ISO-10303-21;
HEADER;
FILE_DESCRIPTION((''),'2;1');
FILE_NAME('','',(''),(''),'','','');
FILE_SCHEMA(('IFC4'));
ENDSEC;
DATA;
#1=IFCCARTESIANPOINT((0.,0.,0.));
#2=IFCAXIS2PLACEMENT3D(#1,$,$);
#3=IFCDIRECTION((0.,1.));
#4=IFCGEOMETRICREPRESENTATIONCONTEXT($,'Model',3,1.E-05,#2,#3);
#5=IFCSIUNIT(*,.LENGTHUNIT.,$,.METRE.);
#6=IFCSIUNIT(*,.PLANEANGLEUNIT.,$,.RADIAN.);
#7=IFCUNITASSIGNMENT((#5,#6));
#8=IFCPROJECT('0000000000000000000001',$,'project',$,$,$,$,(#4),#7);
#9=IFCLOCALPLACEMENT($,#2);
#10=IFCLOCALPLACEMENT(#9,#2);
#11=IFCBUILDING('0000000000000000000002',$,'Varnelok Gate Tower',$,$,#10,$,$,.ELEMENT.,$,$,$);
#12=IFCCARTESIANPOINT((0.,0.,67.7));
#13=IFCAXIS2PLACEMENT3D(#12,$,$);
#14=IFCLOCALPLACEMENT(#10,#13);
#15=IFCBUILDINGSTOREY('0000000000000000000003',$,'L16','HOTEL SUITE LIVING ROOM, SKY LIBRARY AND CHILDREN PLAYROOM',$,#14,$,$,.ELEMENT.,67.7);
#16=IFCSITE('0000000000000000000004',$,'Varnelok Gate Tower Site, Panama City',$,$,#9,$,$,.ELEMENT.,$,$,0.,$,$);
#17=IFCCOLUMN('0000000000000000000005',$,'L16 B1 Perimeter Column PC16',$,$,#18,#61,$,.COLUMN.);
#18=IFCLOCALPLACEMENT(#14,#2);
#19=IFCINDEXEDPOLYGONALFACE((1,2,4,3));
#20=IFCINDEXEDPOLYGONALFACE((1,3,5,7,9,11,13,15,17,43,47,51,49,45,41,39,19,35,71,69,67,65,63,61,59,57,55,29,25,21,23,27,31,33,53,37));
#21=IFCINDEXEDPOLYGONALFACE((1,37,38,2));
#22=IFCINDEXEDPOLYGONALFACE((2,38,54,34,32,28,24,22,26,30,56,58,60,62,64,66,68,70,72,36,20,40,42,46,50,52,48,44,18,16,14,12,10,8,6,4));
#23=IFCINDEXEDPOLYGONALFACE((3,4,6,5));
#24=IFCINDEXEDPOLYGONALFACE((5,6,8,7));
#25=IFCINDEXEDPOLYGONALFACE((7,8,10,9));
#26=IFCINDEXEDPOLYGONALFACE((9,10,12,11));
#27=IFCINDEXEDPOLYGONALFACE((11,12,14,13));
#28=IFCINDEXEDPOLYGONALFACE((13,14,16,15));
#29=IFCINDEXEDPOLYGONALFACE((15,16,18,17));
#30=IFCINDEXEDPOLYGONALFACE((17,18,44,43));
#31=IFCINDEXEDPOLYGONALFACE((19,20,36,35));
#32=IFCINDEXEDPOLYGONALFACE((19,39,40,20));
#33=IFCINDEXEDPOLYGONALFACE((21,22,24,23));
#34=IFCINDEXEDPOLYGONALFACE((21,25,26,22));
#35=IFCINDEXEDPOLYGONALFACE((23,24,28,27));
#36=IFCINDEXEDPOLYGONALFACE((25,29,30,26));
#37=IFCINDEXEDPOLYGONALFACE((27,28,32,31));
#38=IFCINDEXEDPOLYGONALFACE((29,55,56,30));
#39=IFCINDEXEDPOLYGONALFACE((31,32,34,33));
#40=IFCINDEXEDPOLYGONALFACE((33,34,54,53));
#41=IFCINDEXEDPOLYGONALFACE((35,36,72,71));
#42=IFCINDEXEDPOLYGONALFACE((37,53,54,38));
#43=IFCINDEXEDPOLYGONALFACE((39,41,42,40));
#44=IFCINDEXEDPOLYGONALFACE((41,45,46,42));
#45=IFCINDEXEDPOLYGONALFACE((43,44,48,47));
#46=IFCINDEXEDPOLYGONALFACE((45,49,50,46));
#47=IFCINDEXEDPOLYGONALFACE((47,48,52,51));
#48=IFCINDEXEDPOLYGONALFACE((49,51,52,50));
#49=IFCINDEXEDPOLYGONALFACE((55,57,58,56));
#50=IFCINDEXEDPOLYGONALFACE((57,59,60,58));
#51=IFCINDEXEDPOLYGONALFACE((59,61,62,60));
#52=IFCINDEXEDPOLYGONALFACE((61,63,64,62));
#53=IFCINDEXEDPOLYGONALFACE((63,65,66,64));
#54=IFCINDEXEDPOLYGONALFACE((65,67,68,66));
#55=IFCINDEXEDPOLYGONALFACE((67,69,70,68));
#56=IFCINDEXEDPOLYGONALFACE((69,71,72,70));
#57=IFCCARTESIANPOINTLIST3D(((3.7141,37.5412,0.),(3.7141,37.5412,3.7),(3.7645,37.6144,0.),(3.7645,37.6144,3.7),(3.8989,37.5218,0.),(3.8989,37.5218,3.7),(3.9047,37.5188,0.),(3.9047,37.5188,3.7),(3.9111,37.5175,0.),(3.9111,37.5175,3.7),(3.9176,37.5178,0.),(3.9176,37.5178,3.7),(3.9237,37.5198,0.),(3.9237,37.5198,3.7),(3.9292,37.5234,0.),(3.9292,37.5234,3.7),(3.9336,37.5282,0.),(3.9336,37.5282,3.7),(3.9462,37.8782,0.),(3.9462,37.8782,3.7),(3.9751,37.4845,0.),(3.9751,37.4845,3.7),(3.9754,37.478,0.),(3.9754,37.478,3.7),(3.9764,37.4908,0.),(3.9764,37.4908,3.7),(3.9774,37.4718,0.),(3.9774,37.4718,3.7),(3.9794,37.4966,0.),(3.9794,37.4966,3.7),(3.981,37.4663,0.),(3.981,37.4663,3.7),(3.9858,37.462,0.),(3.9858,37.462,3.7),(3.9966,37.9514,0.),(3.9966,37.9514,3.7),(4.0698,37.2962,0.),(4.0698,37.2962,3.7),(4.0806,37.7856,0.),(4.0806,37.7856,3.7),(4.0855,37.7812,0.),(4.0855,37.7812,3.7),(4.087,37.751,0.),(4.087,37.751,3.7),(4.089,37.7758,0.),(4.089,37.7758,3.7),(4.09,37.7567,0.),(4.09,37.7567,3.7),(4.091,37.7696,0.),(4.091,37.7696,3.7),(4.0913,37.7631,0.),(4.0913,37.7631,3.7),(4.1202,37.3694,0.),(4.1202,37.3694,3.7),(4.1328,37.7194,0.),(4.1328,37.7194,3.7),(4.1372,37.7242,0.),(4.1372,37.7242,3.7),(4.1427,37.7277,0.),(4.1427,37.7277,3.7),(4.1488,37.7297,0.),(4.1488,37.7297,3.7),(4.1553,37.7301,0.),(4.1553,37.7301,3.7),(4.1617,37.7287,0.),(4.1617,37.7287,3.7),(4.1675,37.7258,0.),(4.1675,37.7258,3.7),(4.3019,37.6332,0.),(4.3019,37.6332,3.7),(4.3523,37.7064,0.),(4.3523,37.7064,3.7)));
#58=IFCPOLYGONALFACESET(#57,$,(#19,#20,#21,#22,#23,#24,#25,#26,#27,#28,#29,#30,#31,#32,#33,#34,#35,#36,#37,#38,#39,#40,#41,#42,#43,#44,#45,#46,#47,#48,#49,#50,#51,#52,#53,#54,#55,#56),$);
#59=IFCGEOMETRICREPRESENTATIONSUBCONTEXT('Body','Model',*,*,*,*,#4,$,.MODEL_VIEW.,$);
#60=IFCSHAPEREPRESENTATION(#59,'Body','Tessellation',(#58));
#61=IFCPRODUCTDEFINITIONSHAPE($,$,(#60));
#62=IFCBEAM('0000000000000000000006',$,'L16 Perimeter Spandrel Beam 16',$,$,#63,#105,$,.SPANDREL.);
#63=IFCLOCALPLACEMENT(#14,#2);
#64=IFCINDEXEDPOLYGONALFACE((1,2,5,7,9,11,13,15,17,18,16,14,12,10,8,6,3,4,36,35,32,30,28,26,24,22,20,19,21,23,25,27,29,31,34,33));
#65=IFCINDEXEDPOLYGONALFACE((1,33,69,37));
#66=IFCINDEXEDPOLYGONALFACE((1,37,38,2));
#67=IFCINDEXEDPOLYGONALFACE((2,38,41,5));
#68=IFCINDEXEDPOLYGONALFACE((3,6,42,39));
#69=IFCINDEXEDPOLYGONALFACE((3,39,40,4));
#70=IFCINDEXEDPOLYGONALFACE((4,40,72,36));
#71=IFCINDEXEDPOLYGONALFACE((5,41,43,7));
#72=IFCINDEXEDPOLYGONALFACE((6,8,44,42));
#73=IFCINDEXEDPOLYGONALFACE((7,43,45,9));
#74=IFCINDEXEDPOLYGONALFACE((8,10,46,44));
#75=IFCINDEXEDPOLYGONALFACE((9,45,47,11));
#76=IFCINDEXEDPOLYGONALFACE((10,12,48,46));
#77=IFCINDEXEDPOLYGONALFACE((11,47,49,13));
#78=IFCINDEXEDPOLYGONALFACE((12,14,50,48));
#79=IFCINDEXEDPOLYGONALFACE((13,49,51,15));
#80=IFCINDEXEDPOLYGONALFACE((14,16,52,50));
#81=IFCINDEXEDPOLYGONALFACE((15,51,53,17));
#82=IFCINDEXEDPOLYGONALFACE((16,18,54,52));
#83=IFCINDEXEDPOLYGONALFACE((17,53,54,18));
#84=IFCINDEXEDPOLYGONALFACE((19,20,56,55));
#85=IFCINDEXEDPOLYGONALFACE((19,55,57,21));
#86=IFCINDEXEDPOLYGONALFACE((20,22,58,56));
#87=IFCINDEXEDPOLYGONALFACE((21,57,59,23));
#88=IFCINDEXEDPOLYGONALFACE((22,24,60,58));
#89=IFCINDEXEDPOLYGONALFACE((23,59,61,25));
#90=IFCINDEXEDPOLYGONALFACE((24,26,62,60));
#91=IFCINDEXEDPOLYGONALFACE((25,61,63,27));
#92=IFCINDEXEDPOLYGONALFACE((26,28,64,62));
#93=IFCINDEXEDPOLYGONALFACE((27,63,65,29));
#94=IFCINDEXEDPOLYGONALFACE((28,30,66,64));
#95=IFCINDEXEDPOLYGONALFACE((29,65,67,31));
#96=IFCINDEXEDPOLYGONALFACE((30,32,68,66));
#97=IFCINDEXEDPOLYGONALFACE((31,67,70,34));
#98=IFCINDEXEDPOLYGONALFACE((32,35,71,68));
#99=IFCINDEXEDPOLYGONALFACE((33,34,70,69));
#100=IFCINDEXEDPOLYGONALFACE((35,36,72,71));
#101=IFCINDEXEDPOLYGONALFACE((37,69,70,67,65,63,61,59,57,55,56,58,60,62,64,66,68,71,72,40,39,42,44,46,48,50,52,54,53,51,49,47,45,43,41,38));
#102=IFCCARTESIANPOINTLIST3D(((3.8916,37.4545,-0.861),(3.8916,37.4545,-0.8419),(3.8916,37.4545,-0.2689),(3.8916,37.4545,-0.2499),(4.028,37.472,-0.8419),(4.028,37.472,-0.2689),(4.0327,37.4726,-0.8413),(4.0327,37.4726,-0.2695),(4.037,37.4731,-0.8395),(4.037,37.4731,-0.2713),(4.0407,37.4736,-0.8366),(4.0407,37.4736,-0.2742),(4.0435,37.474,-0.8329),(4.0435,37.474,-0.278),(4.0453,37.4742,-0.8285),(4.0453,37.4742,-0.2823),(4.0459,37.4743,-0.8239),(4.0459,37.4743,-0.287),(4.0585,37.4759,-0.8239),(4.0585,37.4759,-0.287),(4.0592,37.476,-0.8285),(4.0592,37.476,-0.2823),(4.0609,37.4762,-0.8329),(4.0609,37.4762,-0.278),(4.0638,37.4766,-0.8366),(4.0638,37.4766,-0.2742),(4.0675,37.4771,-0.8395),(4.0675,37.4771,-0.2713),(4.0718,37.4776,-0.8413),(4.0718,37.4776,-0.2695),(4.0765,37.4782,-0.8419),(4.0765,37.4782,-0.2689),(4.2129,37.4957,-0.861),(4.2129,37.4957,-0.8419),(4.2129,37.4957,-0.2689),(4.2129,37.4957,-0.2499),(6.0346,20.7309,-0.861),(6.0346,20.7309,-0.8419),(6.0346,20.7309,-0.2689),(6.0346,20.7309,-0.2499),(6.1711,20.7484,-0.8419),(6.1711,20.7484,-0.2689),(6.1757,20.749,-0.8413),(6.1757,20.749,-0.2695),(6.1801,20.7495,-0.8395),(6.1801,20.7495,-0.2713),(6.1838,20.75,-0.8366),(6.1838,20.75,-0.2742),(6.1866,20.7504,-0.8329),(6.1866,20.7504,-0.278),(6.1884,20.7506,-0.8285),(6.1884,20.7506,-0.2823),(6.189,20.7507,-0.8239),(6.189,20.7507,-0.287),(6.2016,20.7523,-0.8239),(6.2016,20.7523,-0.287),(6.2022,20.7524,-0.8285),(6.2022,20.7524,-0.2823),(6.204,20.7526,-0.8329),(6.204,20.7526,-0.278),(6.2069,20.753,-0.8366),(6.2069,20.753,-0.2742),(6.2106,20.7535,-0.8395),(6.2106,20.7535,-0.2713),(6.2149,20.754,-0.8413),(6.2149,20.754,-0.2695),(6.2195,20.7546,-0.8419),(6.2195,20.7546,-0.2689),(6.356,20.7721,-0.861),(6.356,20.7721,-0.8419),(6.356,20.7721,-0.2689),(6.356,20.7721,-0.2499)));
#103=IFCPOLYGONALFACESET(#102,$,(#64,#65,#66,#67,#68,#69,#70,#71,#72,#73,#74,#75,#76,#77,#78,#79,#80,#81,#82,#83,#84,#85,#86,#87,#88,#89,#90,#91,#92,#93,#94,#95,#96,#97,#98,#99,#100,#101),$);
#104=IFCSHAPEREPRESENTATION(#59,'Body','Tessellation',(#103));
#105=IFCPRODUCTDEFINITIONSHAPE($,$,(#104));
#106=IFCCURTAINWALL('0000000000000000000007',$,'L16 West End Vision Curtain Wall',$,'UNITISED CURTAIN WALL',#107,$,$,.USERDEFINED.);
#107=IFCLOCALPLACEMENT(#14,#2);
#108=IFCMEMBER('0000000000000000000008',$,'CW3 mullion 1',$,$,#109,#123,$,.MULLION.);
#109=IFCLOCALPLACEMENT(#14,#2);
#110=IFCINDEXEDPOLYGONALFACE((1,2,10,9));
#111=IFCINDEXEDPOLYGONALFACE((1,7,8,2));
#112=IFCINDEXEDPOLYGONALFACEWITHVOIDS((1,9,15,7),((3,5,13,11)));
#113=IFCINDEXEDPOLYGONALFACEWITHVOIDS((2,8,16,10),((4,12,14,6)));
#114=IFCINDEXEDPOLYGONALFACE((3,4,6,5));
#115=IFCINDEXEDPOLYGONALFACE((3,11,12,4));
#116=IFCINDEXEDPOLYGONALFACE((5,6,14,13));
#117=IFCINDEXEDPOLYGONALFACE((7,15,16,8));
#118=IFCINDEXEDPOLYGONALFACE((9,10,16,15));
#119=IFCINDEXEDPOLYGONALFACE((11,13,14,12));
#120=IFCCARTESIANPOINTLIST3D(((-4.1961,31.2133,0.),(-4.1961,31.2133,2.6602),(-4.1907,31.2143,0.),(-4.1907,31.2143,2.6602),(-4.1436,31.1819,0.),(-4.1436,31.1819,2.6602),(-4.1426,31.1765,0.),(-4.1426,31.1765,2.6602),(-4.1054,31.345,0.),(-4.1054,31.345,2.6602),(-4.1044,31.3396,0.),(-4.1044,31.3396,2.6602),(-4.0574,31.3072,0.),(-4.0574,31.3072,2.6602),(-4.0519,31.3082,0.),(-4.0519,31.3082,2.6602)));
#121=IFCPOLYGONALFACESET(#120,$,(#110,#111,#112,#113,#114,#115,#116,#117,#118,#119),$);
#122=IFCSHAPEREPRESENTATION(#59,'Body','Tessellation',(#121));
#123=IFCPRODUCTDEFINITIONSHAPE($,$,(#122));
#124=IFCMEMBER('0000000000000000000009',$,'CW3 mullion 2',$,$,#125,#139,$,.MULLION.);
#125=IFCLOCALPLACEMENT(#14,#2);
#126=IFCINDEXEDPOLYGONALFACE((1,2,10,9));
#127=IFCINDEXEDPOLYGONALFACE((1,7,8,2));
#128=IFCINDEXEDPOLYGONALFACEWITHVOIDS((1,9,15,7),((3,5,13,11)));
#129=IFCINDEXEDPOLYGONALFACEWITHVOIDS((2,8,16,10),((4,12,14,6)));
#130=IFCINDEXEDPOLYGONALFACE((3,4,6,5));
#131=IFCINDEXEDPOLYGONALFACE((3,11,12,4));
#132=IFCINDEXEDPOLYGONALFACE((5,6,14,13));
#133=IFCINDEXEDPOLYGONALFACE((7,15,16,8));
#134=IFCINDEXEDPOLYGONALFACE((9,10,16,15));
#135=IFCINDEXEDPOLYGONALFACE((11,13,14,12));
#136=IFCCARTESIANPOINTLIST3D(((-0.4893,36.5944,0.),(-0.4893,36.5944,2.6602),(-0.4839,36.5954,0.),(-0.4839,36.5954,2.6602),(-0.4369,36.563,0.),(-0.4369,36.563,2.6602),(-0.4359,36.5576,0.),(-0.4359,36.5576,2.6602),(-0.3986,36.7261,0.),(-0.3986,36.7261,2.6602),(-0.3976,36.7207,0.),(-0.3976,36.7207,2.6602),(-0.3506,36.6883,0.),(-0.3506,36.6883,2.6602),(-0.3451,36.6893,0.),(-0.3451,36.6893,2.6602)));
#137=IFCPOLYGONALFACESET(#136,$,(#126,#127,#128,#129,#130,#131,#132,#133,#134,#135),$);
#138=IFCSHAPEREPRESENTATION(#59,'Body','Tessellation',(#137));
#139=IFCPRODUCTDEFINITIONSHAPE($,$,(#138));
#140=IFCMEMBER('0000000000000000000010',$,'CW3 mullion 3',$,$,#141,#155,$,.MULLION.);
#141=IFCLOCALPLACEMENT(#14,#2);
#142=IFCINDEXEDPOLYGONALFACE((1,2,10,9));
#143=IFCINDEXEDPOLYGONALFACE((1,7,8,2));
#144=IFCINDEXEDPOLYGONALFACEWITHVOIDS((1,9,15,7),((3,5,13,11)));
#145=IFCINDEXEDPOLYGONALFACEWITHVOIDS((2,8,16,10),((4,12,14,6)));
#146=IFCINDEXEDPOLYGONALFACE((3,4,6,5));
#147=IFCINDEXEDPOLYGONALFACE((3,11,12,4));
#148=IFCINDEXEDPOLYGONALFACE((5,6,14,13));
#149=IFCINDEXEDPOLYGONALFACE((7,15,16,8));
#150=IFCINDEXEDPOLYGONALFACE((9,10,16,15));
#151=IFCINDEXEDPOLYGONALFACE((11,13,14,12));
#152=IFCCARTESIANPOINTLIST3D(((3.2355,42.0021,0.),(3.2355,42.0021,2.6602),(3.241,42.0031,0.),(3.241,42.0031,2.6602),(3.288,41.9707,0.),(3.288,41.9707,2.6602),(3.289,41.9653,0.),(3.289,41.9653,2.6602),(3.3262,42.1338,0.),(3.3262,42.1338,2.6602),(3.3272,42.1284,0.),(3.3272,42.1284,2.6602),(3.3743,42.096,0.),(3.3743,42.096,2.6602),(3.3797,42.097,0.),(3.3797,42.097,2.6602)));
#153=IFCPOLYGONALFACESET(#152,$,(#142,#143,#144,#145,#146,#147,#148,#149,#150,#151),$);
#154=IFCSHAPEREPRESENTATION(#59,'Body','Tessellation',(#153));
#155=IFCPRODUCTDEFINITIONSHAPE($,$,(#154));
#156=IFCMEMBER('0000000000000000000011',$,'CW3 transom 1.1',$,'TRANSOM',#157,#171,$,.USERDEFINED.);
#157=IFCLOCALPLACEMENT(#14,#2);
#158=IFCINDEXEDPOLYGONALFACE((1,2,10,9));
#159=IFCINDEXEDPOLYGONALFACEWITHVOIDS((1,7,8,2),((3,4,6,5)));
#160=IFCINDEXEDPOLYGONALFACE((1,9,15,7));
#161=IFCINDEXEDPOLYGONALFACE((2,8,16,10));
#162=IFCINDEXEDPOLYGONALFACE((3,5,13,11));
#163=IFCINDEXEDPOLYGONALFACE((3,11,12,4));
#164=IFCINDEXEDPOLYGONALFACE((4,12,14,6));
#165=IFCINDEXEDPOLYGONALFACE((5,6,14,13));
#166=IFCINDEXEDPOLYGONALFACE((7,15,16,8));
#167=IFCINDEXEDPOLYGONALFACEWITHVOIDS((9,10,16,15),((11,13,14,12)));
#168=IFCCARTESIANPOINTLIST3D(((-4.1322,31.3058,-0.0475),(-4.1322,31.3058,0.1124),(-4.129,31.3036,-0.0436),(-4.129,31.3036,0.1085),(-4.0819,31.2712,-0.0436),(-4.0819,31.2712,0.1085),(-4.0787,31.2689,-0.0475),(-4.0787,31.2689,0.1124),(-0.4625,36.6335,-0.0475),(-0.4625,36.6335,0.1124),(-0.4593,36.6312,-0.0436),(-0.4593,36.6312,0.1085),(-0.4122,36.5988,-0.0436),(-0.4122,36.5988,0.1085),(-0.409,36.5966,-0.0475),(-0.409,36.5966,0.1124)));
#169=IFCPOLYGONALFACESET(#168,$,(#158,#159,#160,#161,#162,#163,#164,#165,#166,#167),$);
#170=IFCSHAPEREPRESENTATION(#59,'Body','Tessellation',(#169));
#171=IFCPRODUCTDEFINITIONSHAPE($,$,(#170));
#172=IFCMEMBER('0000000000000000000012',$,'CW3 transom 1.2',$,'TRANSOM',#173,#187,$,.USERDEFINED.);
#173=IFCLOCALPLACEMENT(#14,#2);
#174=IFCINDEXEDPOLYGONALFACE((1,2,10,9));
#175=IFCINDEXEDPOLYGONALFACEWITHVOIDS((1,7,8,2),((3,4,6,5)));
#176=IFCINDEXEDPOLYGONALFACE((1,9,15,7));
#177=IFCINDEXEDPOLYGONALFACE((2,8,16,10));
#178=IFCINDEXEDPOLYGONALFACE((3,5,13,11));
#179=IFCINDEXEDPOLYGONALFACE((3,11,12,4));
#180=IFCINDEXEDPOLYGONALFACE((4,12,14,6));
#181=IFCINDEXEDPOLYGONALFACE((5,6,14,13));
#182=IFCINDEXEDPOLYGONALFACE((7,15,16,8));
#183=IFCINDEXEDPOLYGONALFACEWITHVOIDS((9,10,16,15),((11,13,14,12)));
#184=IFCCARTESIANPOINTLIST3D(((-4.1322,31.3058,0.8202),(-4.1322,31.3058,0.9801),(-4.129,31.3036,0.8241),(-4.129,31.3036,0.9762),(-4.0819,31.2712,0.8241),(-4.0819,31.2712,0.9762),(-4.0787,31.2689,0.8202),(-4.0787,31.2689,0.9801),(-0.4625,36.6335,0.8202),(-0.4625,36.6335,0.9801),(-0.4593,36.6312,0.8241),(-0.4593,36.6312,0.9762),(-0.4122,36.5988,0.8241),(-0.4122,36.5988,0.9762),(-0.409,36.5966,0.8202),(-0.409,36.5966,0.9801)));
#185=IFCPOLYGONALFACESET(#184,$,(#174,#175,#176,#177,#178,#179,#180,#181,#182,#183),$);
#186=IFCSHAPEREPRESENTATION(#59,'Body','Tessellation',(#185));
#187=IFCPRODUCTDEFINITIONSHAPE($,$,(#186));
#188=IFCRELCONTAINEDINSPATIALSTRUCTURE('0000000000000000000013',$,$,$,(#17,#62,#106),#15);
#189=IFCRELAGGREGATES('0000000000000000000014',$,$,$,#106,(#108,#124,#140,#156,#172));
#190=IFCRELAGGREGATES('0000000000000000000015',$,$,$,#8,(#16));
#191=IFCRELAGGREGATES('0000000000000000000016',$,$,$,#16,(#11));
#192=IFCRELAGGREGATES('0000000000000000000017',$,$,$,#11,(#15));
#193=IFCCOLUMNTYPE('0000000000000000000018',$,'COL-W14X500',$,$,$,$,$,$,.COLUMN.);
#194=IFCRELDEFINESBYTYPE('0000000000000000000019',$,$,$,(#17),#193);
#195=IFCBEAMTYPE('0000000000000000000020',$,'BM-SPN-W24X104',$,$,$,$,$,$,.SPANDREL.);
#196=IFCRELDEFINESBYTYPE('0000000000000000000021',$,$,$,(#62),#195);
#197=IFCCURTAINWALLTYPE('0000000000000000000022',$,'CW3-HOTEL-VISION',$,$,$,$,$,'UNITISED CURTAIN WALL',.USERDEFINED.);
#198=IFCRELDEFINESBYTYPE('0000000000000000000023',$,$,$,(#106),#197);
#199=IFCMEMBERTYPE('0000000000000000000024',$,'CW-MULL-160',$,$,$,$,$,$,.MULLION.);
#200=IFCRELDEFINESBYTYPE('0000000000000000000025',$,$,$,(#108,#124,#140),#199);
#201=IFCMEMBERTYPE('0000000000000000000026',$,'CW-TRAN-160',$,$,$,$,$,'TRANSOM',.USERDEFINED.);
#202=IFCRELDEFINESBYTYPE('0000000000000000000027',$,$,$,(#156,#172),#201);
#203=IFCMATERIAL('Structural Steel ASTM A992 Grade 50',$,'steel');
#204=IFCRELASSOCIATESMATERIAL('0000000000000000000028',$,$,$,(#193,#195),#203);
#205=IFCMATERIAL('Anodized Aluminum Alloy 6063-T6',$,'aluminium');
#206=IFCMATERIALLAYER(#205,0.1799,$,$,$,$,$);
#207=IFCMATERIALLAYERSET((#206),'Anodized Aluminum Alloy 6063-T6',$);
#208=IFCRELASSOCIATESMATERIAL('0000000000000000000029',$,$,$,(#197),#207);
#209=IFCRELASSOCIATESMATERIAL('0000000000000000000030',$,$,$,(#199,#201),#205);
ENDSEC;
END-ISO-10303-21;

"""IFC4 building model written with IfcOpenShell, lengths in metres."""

from ifc_helpers import new_model, si_unit, direction, frame, origin, origin_2d, place, context, subcontext, project, spatial, hollow_rectangle, i_section, extrude, material, layer, layer_set, material_profile, profile_set, type_object, element, aggregate, save


model = new_model("IFC4")

# Units and contexts
model_context = context("Model", 3, precision=1e-05, world=origin(), true_north=direction((0.0, 1.0)))
body_context = subcontext(model_context, "Body", "Model", "MODEL_VIEW")
ifc_project = project(units=[si_unit("LENGTHUNIT", "METRE"), si_unit("PLANEANGLEUNIT", "RADIAN")], contexts=[model_context])

# Site, building, storey
site_placement = place(None, origin())
site = spatial("IfcSite", under=ifc_project, at=site_placement, Name="Varnelok Gate Tower Site, Panama City", CompositionType="ELEMENT", RefElevation=0.0)
building_placement = place(site_placement, origin())
building = spatial("IfcBuilding", under=site, at=building_placement, Name="Varnelok Gate Tower", CompositionType="ELEMENT")
storey_placement = place(building_placement, frame((0.0, 0.0, 67.7)))
storey = spatial("IfcBuildingStorey", under=building, at=storey_placement, Name="L16", Description="HOTEL SUITE LIVING ROOM, SKY LIBRARY AND CHILDREN PLAYROOM", CompositionType="ELEMENT", Elevation=67.7)

# Column
ifc_material_1 = material(Name="Structural Steel ASTM A992 Grade 50", Category="steel")
ifc_material_profile_1 = material_profile(ifc_material_1, i_section(OverallWidth=0.4319, OverallDepth=0.498, WebThickness=0.0557, FlangeThickness=0.0889, FilletRadius=0.0249, at=origin_2d()), Name="W14X500")
ifc_profile_set_1 = profile_set([ifc_material_profile_1], Name="Structural Steel ASTM A992 Grade 50")
column_type = type_object("IfcColumnType", Name="COL-W14X500", PredefinedType="COLUMN", material=ifc_profile_set_1)
column_placement = place(storey_placement, frame((4.0332, 37.6238, 0.0), z_axis=(0.0, 0.0, 1.0), x_axis=(0.823533, -0.567269, 0.0)))
element("IfcColumn", 1, at=column_placement, inside=storey, type_object=column_type, Name="L16 B1 Perimeter Column PC16", PredefinedType="COLUMN", context=body_context, shape_type="SweptSolid", body=[
    extrude(i_section(OverallWidth=0.4319, OverallDepth=0.498, WebThickness=0.0557, FlangeThickness=0.0889, FilletRadius=0.0249, at=origin_2d()), origin(), (0.0, 0.0, 1.0), 3.7),
])

# Beam
ifc_material_profile_2 = material_profile(ifc_material_1, i_section(OverallWidth=0.324, OverallDepth=0.6111, WebThickness=0.0127, FlangeThickness=0.019, FilletRadius=0.0181, at=origin_2d()), Name="W24X104")
ifc_profile_set_2 = profile_set([ifc_material_profile_2], Name="Structural Steel ASTM A992 Grade 50")
beam_type = type_object("IfcBeamType", Name="BM-SPN-W24X104", PredefinedType="SPANDREL", material=ifc_profile_set_2)
beam_placement = place(storey_placement, frame((4.0522, 37.4751, -0.5554), z_axis=(0.127107, -0.991889, 0.0), x_axis=(0.991889, 0.127107, 0.0)))
element("IfcBeam", 2, at=beam_placement, inside=storey, type_object=beam_type, Name="L16 Perimeter Spandrel Beam 16", PredefinedType="SPANDREL", context=body_context, shape_type="SweptSolid", body=[
    extrude(i_section(OverallWidth=0.324, OverallDepth=0.6111, WebThickness=0.0127, FlangeThickness=0.019, FilletRadius=0.0181, at=origin_2d()), origin(), (0.0, 0.0, 1.0), 16.8604),
])

# Curtain wall, members
ifc_material_2 = material(Name="Anodized Aluminum Alloy 6063-T6", Category="aluminium")
ifc_layer_1 = layer(ifc_material_2, 0.1799)
ifc_layer_set_1 = layer_set([ifc_layer_1], Name="Anodized Aluminum Alloy 6063-T6")
curtain_wall_type = type_object("IfcCurtainWallType", Name="CW3-HOTEL-VISION", ElementType="UNITISED CURTAIN WALL", PredefinedType="USERDEFINED", material=ifc_layer_set_1)
curtain_wall_placement = place(storey_placement, origin())
curtain_wall = element("IfcCurtainWall", 3, at=curtain_wall_placement, inside=storey, type_object=curtain_wall_type, Name="L16 West End Vision Curtain Wall", ObjectType="UNITISED CURTAIN WALL", PredefinedType="USERDEFINED")
ifc_material_profile_3 = material_profile(ifc_material_2, hollow_rectangle(XDim=0.0649, YDim=0.1599, WallThickness=0.0039, at=origin_2d()), Name="ALU160X65X4")
ifc_profile_set_3 = profile_set([ifc_material_profile_3], Name="Anodized Aluminum Alloy 6063-T6")
member_type_1 = type_object("IfcMemberType", Name="CW-MULL-160", PredefinedType="MULLION", material=ifc_profile_set_3)
member_1_placement = place(storey_placement, frame((-4.124, 31.2607, 0.0), z_axis=(0.0, 0.0, 1.0), x_axis=(-0.823533, 0.567269, 0.0)))
member_1 = element("IfcMember", 4, at=member_1_placement, type_object=member_type_1, Name="CW3 mullion 1", PredefinedType="MULLION", context=body_context, shape_type="SweptSolid", body=[
    extrude(hollow_rectangle(XDim=0.0649, YDim=0.1599, WallThickness=0.0039, at=origin_2d()), origin(), (0.0, 0.0, 1.0), 2.6602),
])
member_2_placement = place(storey_placement, frame((-0.4172, 36.6418, 0.0), z_axis=(0.0, 0.0, 1.0), x_axis=(-0.823533, 0.567269, 0.0)))
member_2 = element("IfcMember", 5, at=member_2_placement, type_object=member_type_1, Name="CW3 mullion 2", PredefinedType="MULLION", context=body_context, shape_type="SweptSolid", body=[
    extrude(hollow_rectangle(XDim=0.0649, YDim=0.1599, WallThickness=0.0039, at=origin_2d()), origin(), (0.0, 0.0, 1.0), 2.6602),
])
member_3_placement = place(storey_placement, frame((3.3076, 42.0496, 0.0), z_axis=(0.0, 0.0, 1.0), x_axis=(-0.823533, 0.567269, 0.0)))
member_3 = element("IfcMember", 6, at=member_3_placement, type_object=member_type_1, Name="CW3 mullion 3", PredefinedType="MULLION", context=body_context, shape_type="SweptSolid", body=[
    extrude(hollow_rectangle(XDim=0.0649, YDim=0.1599, WallThickness=0.0039, at=origin_2d()), origin(), (0.0, 0.0, 1.0), 2.6602),
])
ifc_material_profile_4 = material_profile(ifc_material_2, hollow_rectangle(XDim=0.0649, YDim=0.1599, WallThickness=0.0039, at=origin_2d()), Name="ALU160X65X4")
ifc_profile_set_4 = profile_set([ifc_material_profile_4], Name="Anodized Aluminum Alloy 6063-T6")
member_type_2 = type_object("IfcMemberType", Name="CW-TRAN-160", ElementType="TRANSOM", PredefinedType="USERDEFINED", material=ifc_profile_set_4)
member_4_placement = place(storey_placement, frame((-4.1055, 31.2874, 0.0325), z_axis=(0.567256, 0.823542, 0.0), x_axis=(-0.823542, 0.567256, 0.0)))
member_4 = element("IfcMember", 7, at=member_4_placement, type_object=member_type_2, Name="CW3 transom 1.1", ObjectType="TRANSOM", PredefinedType="USERDEFINED", context=body_context, shape_type="SweptSolid", body=[
    extrude(hollow_rectangle(XDim=0.0649, YDim=0.1599, WallThickness=0.0039, at=origin_2d()), origin(), (0.0, 0.0, 1.0), 6.4692),
])
member_5_placement = place(storey_placement, frame((-4.1055, 31.2874, 0.9001), z_axis=(0.567256, 0.823542, 0.0), x_axis=(-0.823542, 0.567256, 0.0)))
member_5 = element("IfcMember", 8, at=member_5_placement, type_object=member_type_2, Name="CW3 transom 1.2", ObjectType="TRANSOM", PredefinedType="USERDEFINED", context=body_context, shape_type="SweptSolid", body=[
    extrude(hollow_rectangle(XDim=0.0649, YDim=0.1599, WallThickness=0.0039, at=origin_2d()), origin(), (0.0, 0.0, 1.0), 6.4692),
])
aggregate(curtain_wall, [member_1, member_2, member_3, member_4, member_5])

save(model, "model.ifc")
